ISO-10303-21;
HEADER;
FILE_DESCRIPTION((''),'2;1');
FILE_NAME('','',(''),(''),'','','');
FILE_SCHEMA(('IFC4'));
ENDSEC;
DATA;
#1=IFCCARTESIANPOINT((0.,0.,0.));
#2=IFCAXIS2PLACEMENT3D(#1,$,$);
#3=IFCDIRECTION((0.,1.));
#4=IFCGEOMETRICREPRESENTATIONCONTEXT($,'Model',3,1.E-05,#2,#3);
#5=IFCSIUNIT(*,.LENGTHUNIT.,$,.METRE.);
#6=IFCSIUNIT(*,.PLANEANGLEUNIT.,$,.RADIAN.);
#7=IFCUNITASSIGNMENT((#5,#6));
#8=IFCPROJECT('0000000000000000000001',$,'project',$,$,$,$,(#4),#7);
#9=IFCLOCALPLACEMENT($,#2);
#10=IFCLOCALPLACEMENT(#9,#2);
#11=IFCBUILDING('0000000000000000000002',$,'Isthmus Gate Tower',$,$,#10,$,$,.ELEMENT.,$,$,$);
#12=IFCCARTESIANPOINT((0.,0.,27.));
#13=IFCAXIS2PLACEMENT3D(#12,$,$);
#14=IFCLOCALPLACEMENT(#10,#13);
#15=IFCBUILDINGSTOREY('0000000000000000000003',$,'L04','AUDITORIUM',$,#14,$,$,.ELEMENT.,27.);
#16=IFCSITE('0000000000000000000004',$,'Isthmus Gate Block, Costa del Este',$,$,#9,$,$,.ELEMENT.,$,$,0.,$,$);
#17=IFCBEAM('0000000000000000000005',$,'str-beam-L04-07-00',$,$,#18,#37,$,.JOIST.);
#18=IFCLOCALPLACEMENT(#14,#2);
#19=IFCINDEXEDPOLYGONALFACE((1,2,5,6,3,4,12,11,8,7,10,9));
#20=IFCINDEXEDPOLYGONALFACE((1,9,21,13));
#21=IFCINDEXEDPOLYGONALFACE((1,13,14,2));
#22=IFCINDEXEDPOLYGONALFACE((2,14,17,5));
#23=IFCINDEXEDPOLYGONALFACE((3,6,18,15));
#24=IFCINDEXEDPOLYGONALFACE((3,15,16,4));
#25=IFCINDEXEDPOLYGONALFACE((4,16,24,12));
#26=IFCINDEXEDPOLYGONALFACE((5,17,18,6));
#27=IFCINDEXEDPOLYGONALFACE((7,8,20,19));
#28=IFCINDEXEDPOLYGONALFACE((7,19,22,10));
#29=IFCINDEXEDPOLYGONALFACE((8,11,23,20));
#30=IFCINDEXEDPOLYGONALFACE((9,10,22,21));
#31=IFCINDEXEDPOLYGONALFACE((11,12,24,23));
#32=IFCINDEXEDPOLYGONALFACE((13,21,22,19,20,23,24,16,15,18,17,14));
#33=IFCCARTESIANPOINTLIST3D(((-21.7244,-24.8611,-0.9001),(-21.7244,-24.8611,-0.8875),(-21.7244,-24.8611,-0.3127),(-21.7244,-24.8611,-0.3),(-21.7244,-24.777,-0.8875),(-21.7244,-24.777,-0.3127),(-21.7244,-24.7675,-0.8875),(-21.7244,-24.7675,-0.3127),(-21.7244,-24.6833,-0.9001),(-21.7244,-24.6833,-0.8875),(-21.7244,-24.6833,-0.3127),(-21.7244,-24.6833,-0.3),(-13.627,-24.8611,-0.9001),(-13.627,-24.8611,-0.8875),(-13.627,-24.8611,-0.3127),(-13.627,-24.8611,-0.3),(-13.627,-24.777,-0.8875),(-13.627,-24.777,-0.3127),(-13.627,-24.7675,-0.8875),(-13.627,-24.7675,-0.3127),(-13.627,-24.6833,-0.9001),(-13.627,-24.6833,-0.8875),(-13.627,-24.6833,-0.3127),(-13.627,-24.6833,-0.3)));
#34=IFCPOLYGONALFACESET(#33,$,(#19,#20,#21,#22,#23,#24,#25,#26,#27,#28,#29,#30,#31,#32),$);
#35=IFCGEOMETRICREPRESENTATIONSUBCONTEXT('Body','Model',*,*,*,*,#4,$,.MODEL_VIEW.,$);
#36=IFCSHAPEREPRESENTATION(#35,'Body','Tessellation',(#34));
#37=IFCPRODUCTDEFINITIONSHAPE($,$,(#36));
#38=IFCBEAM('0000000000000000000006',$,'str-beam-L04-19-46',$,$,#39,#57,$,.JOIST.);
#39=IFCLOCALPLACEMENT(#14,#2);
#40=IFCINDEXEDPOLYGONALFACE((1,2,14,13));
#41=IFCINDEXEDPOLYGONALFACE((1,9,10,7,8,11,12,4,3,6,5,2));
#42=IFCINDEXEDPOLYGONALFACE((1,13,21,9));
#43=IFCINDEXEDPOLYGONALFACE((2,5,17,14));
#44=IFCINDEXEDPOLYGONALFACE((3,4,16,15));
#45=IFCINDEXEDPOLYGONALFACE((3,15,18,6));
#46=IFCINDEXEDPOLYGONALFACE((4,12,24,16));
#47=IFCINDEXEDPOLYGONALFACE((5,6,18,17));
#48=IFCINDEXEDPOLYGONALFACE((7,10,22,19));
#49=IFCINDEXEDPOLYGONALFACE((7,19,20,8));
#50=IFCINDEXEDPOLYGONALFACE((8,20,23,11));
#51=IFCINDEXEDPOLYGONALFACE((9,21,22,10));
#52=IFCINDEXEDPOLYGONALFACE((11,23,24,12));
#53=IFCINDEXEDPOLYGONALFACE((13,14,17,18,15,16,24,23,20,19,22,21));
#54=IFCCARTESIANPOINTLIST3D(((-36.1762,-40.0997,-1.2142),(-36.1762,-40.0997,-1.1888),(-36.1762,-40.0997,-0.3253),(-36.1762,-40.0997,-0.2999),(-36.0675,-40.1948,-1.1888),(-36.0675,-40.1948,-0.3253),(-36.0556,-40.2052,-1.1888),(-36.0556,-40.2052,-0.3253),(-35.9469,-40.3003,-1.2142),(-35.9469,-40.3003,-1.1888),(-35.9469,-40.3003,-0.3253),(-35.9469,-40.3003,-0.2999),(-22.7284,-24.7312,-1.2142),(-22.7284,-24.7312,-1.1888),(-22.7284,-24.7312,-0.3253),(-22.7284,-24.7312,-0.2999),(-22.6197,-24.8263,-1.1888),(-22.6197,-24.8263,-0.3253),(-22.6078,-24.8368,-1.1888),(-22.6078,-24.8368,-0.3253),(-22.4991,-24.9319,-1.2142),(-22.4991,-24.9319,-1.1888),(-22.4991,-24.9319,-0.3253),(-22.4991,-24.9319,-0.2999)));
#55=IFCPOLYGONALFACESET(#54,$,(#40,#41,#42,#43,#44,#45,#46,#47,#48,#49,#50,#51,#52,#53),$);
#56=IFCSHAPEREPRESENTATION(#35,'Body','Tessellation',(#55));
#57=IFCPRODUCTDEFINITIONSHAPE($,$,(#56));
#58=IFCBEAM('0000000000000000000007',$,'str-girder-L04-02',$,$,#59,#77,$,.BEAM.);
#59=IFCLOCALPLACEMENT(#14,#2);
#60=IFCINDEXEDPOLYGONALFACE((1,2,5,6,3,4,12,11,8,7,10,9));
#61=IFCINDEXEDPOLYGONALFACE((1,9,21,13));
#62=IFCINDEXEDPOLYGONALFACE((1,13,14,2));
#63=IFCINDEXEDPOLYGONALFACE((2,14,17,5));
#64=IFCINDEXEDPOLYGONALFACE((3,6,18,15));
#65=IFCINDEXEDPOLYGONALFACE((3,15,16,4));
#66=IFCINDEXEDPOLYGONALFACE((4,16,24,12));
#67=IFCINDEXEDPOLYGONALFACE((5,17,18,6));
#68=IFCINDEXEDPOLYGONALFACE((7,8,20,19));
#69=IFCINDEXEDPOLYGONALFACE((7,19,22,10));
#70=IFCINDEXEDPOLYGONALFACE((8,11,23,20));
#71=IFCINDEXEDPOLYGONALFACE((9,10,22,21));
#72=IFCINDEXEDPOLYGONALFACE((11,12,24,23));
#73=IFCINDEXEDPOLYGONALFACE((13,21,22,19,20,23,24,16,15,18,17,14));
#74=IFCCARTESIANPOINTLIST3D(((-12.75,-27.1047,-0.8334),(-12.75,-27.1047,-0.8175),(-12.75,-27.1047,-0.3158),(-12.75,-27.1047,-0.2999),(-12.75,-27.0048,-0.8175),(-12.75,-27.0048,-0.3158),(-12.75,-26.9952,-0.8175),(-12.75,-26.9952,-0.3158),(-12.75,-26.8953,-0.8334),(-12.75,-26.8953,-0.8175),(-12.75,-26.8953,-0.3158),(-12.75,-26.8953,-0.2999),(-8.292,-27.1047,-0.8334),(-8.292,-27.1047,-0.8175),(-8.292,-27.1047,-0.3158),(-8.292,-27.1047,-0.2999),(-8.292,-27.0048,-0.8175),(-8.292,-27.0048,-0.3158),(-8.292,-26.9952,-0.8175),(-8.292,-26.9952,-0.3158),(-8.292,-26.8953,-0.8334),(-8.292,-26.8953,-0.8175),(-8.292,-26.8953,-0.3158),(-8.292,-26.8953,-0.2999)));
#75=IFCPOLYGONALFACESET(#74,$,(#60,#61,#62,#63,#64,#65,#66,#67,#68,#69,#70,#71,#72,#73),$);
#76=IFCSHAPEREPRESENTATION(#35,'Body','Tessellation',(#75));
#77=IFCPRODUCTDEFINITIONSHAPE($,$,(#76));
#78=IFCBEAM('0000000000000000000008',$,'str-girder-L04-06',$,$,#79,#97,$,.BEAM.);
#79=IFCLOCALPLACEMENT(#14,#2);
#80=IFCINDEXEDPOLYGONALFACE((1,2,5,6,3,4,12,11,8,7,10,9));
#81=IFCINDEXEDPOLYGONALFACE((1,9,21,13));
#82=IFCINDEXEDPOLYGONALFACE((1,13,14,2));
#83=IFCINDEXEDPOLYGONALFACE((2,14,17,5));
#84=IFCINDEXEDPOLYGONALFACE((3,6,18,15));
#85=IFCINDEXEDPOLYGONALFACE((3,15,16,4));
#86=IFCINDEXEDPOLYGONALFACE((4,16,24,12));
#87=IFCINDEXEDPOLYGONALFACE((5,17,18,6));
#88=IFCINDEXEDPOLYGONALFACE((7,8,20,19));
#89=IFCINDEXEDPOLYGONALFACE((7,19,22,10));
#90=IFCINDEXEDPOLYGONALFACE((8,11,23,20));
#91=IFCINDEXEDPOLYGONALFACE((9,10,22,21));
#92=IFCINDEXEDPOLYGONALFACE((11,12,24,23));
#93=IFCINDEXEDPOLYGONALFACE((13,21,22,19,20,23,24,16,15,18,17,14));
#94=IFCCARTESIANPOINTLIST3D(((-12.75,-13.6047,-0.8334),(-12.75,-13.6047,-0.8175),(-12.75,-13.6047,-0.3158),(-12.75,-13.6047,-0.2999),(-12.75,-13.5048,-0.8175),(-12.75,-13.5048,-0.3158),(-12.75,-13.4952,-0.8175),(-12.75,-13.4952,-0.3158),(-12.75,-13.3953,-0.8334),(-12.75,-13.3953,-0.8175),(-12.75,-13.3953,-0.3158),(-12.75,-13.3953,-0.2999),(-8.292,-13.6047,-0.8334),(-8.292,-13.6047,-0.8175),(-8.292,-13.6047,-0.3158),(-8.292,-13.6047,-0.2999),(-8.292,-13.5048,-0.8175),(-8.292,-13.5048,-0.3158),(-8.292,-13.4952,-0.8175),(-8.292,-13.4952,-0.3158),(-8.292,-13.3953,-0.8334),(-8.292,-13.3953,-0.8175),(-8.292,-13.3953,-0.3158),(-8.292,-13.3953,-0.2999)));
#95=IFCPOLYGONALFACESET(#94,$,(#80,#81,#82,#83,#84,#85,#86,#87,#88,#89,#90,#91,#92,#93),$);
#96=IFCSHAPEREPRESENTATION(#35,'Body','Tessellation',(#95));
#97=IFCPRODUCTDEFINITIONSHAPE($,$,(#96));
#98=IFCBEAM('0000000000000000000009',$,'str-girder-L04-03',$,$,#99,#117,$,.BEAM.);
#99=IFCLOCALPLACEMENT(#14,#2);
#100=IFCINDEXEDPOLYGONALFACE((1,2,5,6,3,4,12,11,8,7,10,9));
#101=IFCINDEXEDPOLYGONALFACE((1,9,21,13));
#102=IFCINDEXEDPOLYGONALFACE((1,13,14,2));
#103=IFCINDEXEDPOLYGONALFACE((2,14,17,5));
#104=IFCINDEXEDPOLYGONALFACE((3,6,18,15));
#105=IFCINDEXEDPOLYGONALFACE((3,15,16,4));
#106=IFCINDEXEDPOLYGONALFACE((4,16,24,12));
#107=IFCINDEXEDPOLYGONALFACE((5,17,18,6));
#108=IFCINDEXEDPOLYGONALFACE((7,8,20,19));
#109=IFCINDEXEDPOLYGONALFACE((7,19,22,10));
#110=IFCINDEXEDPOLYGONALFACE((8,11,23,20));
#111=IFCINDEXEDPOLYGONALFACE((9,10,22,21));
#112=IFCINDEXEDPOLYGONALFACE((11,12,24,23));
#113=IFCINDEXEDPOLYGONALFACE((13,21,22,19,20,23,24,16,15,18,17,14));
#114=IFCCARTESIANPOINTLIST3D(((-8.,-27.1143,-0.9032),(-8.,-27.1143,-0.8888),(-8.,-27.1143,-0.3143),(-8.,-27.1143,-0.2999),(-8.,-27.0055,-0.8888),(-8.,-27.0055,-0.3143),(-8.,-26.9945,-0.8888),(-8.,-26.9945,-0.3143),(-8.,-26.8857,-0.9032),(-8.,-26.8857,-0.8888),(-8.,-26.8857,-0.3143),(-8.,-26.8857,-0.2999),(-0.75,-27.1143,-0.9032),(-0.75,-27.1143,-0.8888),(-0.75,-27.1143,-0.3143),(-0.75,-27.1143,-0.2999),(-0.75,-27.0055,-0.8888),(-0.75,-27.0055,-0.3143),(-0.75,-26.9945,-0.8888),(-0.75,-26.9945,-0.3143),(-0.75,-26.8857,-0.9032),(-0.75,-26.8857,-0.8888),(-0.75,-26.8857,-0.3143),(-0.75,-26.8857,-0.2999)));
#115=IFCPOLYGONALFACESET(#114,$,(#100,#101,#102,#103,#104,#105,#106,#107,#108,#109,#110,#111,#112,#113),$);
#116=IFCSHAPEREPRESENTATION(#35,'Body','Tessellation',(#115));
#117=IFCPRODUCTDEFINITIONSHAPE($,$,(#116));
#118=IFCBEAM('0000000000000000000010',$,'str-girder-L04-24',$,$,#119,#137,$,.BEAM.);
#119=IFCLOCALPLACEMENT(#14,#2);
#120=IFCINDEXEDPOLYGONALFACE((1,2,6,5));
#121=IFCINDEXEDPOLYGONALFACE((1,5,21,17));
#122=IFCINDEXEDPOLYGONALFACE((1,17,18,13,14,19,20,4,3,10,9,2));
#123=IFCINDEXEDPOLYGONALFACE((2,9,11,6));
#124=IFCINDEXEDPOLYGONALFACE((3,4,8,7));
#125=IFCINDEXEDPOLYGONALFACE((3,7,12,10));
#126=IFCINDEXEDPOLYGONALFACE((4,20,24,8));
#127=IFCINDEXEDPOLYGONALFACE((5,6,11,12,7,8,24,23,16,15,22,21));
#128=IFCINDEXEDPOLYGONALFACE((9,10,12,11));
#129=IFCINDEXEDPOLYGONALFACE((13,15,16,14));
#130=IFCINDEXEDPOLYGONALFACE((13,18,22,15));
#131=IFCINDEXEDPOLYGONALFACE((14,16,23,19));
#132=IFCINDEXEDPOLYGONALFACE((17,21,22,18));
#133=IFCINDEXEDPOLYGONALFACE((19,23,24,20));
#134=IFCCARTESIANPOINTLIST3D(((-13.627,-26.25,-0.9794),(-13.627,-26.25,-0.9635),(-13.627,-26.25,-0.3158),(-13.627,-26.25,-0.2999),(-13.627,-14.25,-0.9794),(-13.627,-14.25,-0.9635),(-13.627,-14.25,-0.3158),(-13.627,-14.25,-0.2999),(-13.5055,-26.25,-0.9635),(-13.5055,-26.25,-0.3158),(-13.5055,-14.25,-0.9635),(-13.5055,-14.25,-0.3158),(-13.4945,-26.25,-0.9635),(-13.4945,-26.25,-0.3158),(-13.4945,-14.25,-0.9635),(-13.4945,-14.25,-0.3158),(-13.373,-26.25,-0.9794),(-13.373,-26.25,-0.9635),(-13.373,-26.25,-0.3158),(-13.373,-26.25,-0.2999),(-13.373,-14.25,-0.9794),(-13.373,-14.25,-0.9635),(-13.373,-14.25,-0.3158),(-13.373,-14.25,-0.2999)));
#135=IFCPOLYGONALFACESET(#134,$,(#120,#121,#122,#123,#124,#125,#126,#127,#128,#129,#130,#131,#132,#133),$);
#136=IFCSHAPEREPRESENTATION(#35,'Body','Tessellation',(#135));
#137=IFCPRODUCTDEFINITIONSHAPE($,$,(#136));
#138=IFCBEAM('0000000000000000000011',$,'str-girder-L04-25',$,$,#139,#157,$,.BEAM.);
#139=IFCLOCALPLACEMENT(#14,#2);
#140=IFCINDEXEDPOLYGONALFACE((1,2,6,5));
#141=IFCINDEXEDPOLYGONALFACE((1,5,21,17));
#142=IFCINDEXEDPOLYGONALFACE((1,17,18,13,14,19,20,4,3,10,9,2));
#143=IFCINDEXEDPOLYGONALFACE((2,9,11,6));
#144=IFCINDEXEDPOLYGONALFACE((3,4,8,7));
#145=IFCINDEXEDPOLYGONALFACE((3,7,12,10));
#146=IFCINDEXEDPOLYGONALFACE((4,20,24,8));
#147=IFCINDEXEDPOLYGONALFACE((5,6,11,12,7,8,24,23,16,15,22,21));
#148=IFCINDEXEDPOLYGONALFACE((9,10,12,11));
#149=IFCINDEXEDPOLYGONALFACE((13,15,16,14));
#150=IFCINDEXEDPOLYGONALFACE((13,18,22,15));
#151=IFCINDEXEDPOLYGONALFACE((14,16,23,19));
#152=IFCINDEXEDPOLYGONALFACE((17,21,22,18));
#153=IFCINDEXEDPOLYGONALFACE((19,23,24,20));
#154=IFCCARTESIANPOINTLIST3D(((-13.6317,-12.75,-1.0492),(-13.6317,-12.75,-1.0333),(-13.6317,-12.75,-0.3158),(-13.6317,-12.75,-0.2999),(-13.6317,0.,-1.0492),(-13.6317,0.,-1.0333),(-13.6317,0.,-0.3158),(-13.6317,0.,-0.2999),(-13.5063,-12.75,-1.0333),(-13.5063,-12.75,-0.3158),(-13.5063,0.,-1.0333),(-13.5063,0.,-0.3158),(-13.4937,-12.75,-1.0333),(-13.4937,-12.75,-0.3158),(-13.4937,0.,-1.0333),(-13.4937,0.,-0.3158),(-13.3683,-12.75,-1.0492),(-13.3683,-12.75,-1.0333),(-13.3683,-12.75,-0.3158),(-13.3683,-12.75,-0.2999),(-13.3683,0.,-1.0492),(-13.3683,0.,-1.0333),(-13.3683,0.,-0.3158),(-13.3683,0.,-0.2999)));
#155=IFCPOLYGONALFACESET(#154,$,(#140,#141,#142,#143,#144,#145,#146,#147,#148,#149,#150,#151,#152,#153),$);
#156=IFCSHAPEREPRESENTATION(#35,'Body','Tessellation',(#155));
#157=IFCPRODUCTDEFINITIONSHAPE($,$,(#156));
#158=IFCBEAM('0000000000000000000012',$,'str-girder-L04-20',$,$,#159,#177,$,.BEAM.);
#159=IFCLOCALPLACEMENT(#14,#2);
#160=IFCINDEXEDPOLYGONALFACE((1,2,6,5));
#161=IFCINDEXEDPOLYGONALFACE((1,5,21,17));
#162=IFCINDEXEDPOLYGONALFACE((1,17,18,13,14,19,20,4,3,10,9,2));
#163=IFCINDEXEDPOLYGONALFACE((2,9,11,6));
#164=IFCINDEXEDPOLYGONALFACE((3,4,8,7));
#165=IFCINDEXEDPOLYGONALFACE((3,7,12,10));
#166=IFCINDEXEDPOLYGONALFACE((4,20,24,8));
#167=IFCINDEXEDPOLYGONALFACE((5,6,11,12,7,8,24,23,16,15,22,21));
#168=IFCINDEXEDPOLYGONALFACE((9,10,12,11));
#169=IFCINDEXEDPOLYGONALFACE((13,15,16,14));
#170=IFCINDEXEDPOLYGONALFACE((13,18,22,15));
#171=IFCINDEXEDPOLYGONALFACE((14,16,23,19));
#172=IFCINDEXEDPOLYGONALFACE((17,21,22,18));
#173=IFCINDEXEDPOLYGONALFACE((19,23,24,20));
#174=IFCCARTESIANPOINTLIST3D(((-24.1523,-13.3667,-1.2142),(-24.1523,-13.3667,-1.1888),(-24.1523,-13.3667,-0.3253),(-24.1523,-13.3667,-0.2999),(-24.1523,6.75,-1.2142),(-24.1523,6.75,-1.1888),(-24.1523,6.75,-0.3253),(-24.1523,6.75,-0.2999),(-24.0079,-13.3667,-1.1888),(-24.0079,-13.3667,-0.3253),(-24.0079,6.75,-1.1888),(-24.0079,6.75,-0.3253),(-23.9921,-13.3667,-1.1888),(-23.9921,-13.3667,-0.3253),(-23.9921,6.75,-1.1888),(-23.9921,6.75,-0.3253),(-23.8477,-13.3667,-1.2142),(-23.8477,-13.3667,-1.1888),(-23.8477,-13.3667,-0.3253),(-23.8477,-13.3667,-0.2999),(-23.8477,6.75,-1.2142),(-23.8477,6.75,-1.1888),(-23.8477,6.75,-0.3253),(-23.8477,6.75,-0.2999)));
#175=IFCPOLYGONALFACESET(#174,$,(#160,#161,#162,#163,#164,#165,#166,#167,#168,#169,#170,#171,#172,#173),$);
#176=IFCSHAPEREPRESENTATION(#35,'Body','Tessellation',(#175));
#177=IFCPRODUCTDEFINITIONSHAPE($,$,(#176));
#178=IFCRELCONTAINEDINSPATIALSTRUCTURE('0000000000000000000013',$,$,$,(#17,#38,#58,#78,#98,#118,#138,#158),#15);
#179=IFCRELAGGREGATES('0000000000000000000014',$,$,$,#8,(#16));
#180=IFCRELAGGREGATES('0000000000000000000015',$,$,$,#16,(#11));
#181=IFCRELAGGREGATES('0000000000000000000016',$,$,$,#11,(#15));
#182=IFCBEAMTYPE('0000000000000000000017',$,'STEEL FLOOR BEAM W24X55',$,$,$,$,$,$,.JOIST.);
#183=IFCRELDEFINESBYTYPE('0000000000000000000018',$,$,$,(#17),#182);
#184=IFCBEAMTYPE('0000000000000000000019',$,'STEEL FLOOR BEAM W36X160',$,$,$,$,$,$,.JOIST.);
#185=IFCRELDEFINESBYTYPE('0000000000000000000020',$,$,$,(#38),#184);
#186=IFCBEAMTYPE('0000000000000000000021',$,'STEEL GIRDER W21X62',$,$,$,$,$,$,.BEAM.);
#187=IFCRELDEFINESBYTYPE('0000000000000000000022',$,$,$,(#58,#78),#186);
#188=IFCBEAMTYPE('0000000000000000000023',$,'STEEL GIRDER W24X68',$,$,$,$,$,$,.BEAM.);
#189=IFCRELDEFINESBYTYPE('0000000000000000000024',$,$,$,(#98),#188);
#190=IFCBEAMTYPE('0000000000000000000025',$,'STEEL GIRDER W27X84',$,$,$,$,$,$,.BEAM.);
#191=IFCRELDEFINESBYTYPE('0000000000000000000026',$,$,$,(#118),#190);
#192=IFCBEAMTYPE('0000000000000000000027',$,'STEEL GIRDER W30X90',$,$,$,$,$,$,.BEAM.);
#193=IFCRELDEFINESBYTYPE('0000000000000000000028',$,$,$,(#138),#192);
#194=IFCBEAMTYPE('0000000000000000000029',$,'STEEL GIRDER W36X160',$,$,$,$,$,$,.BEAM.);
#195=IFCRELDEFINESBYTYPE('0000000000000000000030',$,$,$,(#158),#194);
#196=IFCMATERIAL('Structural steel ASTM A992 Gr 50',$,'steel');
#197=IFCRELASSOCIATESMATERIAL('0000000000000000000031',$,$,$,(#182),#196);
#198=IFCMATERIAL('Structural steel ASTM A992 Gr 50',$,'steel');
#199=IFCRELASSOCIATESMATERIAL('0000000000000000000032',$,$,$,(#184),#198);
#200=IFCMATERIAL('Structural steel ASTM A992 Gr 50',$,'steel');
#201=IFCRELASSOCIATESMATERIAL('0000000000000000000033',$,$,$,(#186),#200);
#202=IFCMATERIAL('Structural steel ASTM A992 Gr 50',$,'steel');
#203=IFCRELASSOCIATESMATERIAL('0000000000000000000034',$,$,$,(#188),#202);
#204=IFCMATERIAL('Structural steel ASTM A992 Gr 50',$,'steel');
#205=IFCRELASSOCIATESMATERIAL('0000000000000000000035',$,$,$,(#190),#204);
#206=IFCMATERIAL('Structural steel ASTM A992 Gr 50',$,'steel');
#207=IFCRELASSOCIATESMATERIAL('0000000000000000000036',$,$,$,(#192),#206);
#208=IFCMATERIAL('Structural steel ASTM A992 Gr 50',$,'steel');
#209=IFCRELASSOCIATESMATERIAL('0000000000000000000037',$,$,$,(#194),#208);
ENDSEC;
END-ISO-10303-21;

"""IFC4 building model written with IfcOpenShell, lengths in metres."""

from ifc_helpers import new_model, si_unit, direction, frame, origin, origin_2d, place, context, subcontext, project, spatial, i_section, extrude, material, material_profile, profile_set, type_object, element, save


model = new_model("IFC4")

# Units and contexts
model_context = context("Model", 3, precision=1e-05, world=origin(), true_north=direction((0.0, 1.0)))
body_context = subcontext(model_context, "Body", "Model", "MODEL_VIEW")
ifc_project = project(units=[si_unit("LENGTHUNIT", "METRE"), si_unit("PLANEANGLEUNIT", "RADIAN")], contexts=[model_context])

# Site, building, storey
site_placement = place(None, origin())
site = spatial("IfcSite", under=ifc_project, at=site_placement, Name="Isthmus Gate Block, Costa del Este", CompositionType="ELEMENT", RefElevation=0.0)
building_placement = place(site_placement, origin())
building = spatial("IfcBuilding", under=site, at=building_placement, Name="Isthmus Gate Tower", CompositionType="ELEMENT")
storey_placement = place(building_placement, frame((0.0, 0.0, 27.0)))
storey = spatial("IfcBuildingStorey", under=building, at=storey_placement, Name="L04", Description="AUDITORIUM", CompositionType="ELEMENT", Elevation=27.0)

# Beams
ifc_material_1 = material(Name="Structural steel ASTM A992 Gr 50", Category="steel")
ifc_material_profile_1 = material_profile(ifc_material_1, i_section(OverallWidth=0.1777, OverallDepth=0.6001, WebThickness=0.0095, FlangeThickness=0.0127, at=origin_2d()), Name="W24X55")
ifc_profile_set_1 = profile_set([ifc_material_profile_1], Name="Structural steel ASTM A992 Gr 50")
beam_type_1 = type_object("IfcBeamType", Name="STEEL FLOOR BEAM W24X55", PredefinedType="JOIST", material=ifc_profile_set_1)
beam_1_placement = place(storey_placement, frame((-21.7244, -24.7722, -0.6001), z_axis=(1.0, 0.0, 0.0), x_axis=(0.0, 1.0, 0.0)))
element("IfcBeam", 1, at=beam_1_placement, inside=storey, type_object=beam_type_1, Name="str-beam-L04-07-00", PredefinedType="JOIST", context=body_context, shape_type="SweptSolid", body=[
    extrude(i_section(OverallWidth=0.1777, OverallDepth=0.6001, WebThickness=0.0095, FlangeThickness=0.0127, at=origin_2d()), origin(), (0.0, 0.0, 1.0), 8.0974),
])
ifc_material_2 = material(Name="Structural steel ASTM A992 Gr 50", Category="steel")
ifc_material_profile_2 = material_profile(ifc_material_2, i_section(OverallWidth=0.3047, OverallDepth=0.9143, WebThickness=0.0159, FlangeThickness=0.0254, at=origin_2d()), Name="W36X160")
ifc_profile_set_2 = profile_set([ifc_material_profile_2], Name="Structural steel ASTM A992 Gr 50")
beam_type_2 = type_object("IfcBeamType", Name="STEEL FLOOR BEAM W36X160", PredefinedType="JOIST", material=ifc_profile_set_2)
beam_2_placement = place(storey_placement, frame((-22.6138, -24.8315, -0.7571), z_axis=(-0.658516, -0.752567, 0.0), x_axis=(0.752567, -0.658516, 0.0)))
element("IfcBeam", 2, at=beam_2_placement, inside=storey, type_object=beam_type_2, Name="str-beam-L04-19-46", PredefinedType="JOIST", context=body_context, shape_type="SweptSolid", body=[
    extrude(i_section(OverallWidth=0.3047, OverallDepth=0.9143, WebThickness=0.0159, FlangeThickness=0.0254, at=origin_2d()), origin(), (0.0, 0.0, 1.0), 20.4214),
])
ifc_material_3 = material(Name="Structural steel ASTM A992 Gr 50", Category="steel")
ifc_material_profile_3 = material_profile(ifc_material_3, i_section(OverallWidth=0.2095, OverallDepth=0.5334, WebThickness=0.0095, FlangeThickness=0.0159, at=origin_2d()), Name="W21X62")
ifc_profile_set_3 = profile_set([ifc_material_profile_3], Name="Structural steel ASTM A992 Gr 50")
beam_type_3 = type_object("IfcBeamType", Name="STEEL GIRDER W21X62", PredefinedType="BEAM", material=ifc_profile_set_3)
for number, where, z_axis, x_axis, name in (
    (3, (-12.75, -27.0, -0.5667), (1.0, 0.0, 0.0), (0.0, 1.0, 0.0), "str-girder-L04-02"),
    (4, (-12.75, -13.5, -0.5667), (1.0, 0.0, 0.0), (0.0, 1.0, 0.0), "str-girder-L04-06"),
):
    element("IfcBeam", number, at=place(storey_placement, frame(where, z_axis=z_axis, x_axis=x_axis)), inside=storey, type_object=beam_type_3, Name=name, PredefinedType="BEAM", context=body_context, shape_type="SweptSolid", body=[
        extrude(i_section(OverallWidth=0.2095, OverallDepth=0.5334, WebThickness=0.0095, FlangeThickness=0.0159, at=origin_2d()), origin(), (0.0, 0.0, 1.0), 4.458),
    ])
ifc_material_4 = material(Name="Structural steel ASTM A992 Gr 50", Category="steel")
ifc_material_profile_4 = material_profile(ifc_material_4, i_section(OverallWidth=0.2285, OverallDepth=0.6033, WebThickness=0.011, FlangeThickness=0.0144, at=origin_2d()), Name="W24X68")
ifc_profile_set_4 = profile_set([ifc_material_profile_4], Name="Structural steel ASTM A992 Gr 50")
beam_type_4 = type_object("IfcBeamType", Name="STEEL GIRDER W24X68", PredefinedType="BEAM", material=ifc_profile_set_4)
beam_3_placement = place(storey_placement, frame((-8.0, -27.0, -0.6016), z_axis=(1.0, 0.0, 0.0), x_axis=(0.0, 1.0, 0.0)))
element("IfcBeam", 5, at=beam_3_placement, inside=storey, type_object=beam_type_4, Name="str-girder-L04-03", PredefinedType="BEAM", context=body_context, shape_type="SweptSolid", body=[
    extrude(i_section(OverallWidth=0.2285, OverallDepth=0.6033, WebThickness=0.011, FlangeThickness=0.0144, at=origin_2d()), origin(), (0.0, 0.0, 1.0), 7.25),
])
ifc_material_5 = material(Name="Structural steel ASTM A992 Gr 50", Category="steel")
ifc_material_profile_5 = material_profile(ifc_material_5, i_section(OverallWidth=0.2539, OverallDepth=0.6794, WebThickness=0.011, FlangeThickness=0.0159, at=origin_2d()), Name="W27X84")
ifc_profile_set_5 = profile_set([ifc_material_profile_5], Name="Structural steel ASTM A992 Gr 50")
beam_type_5 = type_object("IfcBeamType", Name="STEEL GIRDER W27X84", PredefinedType="BEAM", material=ifc_profile_set_5)
beam_4_placement = place(storey_placement, frame((-13.5, -26.25, -0.6396), z_axis=(0.0, 1.0, 0.0), x_axis=(-1.0, 0.0, 0.0)))
element("IfcBeam", 6, at=beam_4_placement, inside=storey, type_object=beam_type_5, Name="str-girder-L04-24", PredefinedType="BEAM", context=body_context, shape_type="SweptSolid", body=[
    extrude(i_section(OverallWidth=0.2539, OverallDepth=0.6794, WebThickness=0.011, FlangeThickness=0.0159, at=origin_2d()), origin(), (0.0, 0.0, 1.0), 12.0),
])
ifc_material_6 = material(Name="Structural steel ASTM A992 Gr 50", Category="steel")
ifc_material_profile_6 = material_profile(ifc_material_6, i_section(OverallWidth=0.2634, OverallDepth=0.7493, WebThickness=0.0127, FlangeThickness=0.0159, at=origin_2d()), Name="W30X90")
ifc_profile_set_6 = profile_set([ifc_material_profile_6], Name="Structural steel ASTM A992 Gr 50")
beam_type_6 = type_object("IfcBeamType", Name="STEEL GIRDER W30X90", PredefinedType="BEAM", material=ifc_profile_set_6)
beam_5_placement = place(storey_placement, frame((-13.5, -12.75, -0.6746), z_axis=(0.0, 1.0, 0.0), x_axis=(-1.0, 0.0, 0.0)))
element("IfcBeam", 7, at=beam_5_placement, inside=storey, type_object=beam_type_6, Name="str-girder-L04-25", PredefinedType="BEAM", context=body_context, shape_type="SweptSolid", body=[
    extrude(i_section(OverallWidth=0.2634, OverallDepth=0.7493, WebThickness=0.0127, FlangeThickness=0.0159, at=origin_2d()), origin(), (0.0, 0.0, 1.0), 12.75),
])
ifc_material_7 = material(Name="Structural steel ASTM A992 Gr 50", Category="steel")
ifc_material_profile_7 = material_profile(ifc_material_7, i_section(OverallWidth=0.3047, OverallDepth=0.9143, WebThickness=0.0159, FlangeThickness=0.0254, at=origin_2d()), Name="W36X160")
ifc_profile_set_7 = profile_set([ifc_material_profile_7], Name="Structural steel ASTM A992 Gr 50")
beam_type_7 = type_object("IfcBeamType", Name="STEEL GIRDER W36X160", PredefinedType="BEAM", material=ifc_profile_set_7)
beam_6_placement = place(storey_placement, frame((-24.0, -13.3667, -0.7571), z_axis=(0.0, 1.0, 0.0), x_axis=(-1.0, 0.0, 0.0)))
element("IfcBeam", 8, at=beam_6_placement, inside=storey, type_object=beam_type_7, Name="str-girder-L04-20", PredefinedType="BEAM", context=body_context, shape_type="SweptSolid", body=[
    extrude(i_section(OverallWidth=0.3047, OverallDepth=0.9143, WebThickness=0.0159, FlangeThickness=0.0254, at=origin_2d()), origin(), (0.0, 0.0, 1.0), 20.1167),
])

save(model, "model.ifc")
